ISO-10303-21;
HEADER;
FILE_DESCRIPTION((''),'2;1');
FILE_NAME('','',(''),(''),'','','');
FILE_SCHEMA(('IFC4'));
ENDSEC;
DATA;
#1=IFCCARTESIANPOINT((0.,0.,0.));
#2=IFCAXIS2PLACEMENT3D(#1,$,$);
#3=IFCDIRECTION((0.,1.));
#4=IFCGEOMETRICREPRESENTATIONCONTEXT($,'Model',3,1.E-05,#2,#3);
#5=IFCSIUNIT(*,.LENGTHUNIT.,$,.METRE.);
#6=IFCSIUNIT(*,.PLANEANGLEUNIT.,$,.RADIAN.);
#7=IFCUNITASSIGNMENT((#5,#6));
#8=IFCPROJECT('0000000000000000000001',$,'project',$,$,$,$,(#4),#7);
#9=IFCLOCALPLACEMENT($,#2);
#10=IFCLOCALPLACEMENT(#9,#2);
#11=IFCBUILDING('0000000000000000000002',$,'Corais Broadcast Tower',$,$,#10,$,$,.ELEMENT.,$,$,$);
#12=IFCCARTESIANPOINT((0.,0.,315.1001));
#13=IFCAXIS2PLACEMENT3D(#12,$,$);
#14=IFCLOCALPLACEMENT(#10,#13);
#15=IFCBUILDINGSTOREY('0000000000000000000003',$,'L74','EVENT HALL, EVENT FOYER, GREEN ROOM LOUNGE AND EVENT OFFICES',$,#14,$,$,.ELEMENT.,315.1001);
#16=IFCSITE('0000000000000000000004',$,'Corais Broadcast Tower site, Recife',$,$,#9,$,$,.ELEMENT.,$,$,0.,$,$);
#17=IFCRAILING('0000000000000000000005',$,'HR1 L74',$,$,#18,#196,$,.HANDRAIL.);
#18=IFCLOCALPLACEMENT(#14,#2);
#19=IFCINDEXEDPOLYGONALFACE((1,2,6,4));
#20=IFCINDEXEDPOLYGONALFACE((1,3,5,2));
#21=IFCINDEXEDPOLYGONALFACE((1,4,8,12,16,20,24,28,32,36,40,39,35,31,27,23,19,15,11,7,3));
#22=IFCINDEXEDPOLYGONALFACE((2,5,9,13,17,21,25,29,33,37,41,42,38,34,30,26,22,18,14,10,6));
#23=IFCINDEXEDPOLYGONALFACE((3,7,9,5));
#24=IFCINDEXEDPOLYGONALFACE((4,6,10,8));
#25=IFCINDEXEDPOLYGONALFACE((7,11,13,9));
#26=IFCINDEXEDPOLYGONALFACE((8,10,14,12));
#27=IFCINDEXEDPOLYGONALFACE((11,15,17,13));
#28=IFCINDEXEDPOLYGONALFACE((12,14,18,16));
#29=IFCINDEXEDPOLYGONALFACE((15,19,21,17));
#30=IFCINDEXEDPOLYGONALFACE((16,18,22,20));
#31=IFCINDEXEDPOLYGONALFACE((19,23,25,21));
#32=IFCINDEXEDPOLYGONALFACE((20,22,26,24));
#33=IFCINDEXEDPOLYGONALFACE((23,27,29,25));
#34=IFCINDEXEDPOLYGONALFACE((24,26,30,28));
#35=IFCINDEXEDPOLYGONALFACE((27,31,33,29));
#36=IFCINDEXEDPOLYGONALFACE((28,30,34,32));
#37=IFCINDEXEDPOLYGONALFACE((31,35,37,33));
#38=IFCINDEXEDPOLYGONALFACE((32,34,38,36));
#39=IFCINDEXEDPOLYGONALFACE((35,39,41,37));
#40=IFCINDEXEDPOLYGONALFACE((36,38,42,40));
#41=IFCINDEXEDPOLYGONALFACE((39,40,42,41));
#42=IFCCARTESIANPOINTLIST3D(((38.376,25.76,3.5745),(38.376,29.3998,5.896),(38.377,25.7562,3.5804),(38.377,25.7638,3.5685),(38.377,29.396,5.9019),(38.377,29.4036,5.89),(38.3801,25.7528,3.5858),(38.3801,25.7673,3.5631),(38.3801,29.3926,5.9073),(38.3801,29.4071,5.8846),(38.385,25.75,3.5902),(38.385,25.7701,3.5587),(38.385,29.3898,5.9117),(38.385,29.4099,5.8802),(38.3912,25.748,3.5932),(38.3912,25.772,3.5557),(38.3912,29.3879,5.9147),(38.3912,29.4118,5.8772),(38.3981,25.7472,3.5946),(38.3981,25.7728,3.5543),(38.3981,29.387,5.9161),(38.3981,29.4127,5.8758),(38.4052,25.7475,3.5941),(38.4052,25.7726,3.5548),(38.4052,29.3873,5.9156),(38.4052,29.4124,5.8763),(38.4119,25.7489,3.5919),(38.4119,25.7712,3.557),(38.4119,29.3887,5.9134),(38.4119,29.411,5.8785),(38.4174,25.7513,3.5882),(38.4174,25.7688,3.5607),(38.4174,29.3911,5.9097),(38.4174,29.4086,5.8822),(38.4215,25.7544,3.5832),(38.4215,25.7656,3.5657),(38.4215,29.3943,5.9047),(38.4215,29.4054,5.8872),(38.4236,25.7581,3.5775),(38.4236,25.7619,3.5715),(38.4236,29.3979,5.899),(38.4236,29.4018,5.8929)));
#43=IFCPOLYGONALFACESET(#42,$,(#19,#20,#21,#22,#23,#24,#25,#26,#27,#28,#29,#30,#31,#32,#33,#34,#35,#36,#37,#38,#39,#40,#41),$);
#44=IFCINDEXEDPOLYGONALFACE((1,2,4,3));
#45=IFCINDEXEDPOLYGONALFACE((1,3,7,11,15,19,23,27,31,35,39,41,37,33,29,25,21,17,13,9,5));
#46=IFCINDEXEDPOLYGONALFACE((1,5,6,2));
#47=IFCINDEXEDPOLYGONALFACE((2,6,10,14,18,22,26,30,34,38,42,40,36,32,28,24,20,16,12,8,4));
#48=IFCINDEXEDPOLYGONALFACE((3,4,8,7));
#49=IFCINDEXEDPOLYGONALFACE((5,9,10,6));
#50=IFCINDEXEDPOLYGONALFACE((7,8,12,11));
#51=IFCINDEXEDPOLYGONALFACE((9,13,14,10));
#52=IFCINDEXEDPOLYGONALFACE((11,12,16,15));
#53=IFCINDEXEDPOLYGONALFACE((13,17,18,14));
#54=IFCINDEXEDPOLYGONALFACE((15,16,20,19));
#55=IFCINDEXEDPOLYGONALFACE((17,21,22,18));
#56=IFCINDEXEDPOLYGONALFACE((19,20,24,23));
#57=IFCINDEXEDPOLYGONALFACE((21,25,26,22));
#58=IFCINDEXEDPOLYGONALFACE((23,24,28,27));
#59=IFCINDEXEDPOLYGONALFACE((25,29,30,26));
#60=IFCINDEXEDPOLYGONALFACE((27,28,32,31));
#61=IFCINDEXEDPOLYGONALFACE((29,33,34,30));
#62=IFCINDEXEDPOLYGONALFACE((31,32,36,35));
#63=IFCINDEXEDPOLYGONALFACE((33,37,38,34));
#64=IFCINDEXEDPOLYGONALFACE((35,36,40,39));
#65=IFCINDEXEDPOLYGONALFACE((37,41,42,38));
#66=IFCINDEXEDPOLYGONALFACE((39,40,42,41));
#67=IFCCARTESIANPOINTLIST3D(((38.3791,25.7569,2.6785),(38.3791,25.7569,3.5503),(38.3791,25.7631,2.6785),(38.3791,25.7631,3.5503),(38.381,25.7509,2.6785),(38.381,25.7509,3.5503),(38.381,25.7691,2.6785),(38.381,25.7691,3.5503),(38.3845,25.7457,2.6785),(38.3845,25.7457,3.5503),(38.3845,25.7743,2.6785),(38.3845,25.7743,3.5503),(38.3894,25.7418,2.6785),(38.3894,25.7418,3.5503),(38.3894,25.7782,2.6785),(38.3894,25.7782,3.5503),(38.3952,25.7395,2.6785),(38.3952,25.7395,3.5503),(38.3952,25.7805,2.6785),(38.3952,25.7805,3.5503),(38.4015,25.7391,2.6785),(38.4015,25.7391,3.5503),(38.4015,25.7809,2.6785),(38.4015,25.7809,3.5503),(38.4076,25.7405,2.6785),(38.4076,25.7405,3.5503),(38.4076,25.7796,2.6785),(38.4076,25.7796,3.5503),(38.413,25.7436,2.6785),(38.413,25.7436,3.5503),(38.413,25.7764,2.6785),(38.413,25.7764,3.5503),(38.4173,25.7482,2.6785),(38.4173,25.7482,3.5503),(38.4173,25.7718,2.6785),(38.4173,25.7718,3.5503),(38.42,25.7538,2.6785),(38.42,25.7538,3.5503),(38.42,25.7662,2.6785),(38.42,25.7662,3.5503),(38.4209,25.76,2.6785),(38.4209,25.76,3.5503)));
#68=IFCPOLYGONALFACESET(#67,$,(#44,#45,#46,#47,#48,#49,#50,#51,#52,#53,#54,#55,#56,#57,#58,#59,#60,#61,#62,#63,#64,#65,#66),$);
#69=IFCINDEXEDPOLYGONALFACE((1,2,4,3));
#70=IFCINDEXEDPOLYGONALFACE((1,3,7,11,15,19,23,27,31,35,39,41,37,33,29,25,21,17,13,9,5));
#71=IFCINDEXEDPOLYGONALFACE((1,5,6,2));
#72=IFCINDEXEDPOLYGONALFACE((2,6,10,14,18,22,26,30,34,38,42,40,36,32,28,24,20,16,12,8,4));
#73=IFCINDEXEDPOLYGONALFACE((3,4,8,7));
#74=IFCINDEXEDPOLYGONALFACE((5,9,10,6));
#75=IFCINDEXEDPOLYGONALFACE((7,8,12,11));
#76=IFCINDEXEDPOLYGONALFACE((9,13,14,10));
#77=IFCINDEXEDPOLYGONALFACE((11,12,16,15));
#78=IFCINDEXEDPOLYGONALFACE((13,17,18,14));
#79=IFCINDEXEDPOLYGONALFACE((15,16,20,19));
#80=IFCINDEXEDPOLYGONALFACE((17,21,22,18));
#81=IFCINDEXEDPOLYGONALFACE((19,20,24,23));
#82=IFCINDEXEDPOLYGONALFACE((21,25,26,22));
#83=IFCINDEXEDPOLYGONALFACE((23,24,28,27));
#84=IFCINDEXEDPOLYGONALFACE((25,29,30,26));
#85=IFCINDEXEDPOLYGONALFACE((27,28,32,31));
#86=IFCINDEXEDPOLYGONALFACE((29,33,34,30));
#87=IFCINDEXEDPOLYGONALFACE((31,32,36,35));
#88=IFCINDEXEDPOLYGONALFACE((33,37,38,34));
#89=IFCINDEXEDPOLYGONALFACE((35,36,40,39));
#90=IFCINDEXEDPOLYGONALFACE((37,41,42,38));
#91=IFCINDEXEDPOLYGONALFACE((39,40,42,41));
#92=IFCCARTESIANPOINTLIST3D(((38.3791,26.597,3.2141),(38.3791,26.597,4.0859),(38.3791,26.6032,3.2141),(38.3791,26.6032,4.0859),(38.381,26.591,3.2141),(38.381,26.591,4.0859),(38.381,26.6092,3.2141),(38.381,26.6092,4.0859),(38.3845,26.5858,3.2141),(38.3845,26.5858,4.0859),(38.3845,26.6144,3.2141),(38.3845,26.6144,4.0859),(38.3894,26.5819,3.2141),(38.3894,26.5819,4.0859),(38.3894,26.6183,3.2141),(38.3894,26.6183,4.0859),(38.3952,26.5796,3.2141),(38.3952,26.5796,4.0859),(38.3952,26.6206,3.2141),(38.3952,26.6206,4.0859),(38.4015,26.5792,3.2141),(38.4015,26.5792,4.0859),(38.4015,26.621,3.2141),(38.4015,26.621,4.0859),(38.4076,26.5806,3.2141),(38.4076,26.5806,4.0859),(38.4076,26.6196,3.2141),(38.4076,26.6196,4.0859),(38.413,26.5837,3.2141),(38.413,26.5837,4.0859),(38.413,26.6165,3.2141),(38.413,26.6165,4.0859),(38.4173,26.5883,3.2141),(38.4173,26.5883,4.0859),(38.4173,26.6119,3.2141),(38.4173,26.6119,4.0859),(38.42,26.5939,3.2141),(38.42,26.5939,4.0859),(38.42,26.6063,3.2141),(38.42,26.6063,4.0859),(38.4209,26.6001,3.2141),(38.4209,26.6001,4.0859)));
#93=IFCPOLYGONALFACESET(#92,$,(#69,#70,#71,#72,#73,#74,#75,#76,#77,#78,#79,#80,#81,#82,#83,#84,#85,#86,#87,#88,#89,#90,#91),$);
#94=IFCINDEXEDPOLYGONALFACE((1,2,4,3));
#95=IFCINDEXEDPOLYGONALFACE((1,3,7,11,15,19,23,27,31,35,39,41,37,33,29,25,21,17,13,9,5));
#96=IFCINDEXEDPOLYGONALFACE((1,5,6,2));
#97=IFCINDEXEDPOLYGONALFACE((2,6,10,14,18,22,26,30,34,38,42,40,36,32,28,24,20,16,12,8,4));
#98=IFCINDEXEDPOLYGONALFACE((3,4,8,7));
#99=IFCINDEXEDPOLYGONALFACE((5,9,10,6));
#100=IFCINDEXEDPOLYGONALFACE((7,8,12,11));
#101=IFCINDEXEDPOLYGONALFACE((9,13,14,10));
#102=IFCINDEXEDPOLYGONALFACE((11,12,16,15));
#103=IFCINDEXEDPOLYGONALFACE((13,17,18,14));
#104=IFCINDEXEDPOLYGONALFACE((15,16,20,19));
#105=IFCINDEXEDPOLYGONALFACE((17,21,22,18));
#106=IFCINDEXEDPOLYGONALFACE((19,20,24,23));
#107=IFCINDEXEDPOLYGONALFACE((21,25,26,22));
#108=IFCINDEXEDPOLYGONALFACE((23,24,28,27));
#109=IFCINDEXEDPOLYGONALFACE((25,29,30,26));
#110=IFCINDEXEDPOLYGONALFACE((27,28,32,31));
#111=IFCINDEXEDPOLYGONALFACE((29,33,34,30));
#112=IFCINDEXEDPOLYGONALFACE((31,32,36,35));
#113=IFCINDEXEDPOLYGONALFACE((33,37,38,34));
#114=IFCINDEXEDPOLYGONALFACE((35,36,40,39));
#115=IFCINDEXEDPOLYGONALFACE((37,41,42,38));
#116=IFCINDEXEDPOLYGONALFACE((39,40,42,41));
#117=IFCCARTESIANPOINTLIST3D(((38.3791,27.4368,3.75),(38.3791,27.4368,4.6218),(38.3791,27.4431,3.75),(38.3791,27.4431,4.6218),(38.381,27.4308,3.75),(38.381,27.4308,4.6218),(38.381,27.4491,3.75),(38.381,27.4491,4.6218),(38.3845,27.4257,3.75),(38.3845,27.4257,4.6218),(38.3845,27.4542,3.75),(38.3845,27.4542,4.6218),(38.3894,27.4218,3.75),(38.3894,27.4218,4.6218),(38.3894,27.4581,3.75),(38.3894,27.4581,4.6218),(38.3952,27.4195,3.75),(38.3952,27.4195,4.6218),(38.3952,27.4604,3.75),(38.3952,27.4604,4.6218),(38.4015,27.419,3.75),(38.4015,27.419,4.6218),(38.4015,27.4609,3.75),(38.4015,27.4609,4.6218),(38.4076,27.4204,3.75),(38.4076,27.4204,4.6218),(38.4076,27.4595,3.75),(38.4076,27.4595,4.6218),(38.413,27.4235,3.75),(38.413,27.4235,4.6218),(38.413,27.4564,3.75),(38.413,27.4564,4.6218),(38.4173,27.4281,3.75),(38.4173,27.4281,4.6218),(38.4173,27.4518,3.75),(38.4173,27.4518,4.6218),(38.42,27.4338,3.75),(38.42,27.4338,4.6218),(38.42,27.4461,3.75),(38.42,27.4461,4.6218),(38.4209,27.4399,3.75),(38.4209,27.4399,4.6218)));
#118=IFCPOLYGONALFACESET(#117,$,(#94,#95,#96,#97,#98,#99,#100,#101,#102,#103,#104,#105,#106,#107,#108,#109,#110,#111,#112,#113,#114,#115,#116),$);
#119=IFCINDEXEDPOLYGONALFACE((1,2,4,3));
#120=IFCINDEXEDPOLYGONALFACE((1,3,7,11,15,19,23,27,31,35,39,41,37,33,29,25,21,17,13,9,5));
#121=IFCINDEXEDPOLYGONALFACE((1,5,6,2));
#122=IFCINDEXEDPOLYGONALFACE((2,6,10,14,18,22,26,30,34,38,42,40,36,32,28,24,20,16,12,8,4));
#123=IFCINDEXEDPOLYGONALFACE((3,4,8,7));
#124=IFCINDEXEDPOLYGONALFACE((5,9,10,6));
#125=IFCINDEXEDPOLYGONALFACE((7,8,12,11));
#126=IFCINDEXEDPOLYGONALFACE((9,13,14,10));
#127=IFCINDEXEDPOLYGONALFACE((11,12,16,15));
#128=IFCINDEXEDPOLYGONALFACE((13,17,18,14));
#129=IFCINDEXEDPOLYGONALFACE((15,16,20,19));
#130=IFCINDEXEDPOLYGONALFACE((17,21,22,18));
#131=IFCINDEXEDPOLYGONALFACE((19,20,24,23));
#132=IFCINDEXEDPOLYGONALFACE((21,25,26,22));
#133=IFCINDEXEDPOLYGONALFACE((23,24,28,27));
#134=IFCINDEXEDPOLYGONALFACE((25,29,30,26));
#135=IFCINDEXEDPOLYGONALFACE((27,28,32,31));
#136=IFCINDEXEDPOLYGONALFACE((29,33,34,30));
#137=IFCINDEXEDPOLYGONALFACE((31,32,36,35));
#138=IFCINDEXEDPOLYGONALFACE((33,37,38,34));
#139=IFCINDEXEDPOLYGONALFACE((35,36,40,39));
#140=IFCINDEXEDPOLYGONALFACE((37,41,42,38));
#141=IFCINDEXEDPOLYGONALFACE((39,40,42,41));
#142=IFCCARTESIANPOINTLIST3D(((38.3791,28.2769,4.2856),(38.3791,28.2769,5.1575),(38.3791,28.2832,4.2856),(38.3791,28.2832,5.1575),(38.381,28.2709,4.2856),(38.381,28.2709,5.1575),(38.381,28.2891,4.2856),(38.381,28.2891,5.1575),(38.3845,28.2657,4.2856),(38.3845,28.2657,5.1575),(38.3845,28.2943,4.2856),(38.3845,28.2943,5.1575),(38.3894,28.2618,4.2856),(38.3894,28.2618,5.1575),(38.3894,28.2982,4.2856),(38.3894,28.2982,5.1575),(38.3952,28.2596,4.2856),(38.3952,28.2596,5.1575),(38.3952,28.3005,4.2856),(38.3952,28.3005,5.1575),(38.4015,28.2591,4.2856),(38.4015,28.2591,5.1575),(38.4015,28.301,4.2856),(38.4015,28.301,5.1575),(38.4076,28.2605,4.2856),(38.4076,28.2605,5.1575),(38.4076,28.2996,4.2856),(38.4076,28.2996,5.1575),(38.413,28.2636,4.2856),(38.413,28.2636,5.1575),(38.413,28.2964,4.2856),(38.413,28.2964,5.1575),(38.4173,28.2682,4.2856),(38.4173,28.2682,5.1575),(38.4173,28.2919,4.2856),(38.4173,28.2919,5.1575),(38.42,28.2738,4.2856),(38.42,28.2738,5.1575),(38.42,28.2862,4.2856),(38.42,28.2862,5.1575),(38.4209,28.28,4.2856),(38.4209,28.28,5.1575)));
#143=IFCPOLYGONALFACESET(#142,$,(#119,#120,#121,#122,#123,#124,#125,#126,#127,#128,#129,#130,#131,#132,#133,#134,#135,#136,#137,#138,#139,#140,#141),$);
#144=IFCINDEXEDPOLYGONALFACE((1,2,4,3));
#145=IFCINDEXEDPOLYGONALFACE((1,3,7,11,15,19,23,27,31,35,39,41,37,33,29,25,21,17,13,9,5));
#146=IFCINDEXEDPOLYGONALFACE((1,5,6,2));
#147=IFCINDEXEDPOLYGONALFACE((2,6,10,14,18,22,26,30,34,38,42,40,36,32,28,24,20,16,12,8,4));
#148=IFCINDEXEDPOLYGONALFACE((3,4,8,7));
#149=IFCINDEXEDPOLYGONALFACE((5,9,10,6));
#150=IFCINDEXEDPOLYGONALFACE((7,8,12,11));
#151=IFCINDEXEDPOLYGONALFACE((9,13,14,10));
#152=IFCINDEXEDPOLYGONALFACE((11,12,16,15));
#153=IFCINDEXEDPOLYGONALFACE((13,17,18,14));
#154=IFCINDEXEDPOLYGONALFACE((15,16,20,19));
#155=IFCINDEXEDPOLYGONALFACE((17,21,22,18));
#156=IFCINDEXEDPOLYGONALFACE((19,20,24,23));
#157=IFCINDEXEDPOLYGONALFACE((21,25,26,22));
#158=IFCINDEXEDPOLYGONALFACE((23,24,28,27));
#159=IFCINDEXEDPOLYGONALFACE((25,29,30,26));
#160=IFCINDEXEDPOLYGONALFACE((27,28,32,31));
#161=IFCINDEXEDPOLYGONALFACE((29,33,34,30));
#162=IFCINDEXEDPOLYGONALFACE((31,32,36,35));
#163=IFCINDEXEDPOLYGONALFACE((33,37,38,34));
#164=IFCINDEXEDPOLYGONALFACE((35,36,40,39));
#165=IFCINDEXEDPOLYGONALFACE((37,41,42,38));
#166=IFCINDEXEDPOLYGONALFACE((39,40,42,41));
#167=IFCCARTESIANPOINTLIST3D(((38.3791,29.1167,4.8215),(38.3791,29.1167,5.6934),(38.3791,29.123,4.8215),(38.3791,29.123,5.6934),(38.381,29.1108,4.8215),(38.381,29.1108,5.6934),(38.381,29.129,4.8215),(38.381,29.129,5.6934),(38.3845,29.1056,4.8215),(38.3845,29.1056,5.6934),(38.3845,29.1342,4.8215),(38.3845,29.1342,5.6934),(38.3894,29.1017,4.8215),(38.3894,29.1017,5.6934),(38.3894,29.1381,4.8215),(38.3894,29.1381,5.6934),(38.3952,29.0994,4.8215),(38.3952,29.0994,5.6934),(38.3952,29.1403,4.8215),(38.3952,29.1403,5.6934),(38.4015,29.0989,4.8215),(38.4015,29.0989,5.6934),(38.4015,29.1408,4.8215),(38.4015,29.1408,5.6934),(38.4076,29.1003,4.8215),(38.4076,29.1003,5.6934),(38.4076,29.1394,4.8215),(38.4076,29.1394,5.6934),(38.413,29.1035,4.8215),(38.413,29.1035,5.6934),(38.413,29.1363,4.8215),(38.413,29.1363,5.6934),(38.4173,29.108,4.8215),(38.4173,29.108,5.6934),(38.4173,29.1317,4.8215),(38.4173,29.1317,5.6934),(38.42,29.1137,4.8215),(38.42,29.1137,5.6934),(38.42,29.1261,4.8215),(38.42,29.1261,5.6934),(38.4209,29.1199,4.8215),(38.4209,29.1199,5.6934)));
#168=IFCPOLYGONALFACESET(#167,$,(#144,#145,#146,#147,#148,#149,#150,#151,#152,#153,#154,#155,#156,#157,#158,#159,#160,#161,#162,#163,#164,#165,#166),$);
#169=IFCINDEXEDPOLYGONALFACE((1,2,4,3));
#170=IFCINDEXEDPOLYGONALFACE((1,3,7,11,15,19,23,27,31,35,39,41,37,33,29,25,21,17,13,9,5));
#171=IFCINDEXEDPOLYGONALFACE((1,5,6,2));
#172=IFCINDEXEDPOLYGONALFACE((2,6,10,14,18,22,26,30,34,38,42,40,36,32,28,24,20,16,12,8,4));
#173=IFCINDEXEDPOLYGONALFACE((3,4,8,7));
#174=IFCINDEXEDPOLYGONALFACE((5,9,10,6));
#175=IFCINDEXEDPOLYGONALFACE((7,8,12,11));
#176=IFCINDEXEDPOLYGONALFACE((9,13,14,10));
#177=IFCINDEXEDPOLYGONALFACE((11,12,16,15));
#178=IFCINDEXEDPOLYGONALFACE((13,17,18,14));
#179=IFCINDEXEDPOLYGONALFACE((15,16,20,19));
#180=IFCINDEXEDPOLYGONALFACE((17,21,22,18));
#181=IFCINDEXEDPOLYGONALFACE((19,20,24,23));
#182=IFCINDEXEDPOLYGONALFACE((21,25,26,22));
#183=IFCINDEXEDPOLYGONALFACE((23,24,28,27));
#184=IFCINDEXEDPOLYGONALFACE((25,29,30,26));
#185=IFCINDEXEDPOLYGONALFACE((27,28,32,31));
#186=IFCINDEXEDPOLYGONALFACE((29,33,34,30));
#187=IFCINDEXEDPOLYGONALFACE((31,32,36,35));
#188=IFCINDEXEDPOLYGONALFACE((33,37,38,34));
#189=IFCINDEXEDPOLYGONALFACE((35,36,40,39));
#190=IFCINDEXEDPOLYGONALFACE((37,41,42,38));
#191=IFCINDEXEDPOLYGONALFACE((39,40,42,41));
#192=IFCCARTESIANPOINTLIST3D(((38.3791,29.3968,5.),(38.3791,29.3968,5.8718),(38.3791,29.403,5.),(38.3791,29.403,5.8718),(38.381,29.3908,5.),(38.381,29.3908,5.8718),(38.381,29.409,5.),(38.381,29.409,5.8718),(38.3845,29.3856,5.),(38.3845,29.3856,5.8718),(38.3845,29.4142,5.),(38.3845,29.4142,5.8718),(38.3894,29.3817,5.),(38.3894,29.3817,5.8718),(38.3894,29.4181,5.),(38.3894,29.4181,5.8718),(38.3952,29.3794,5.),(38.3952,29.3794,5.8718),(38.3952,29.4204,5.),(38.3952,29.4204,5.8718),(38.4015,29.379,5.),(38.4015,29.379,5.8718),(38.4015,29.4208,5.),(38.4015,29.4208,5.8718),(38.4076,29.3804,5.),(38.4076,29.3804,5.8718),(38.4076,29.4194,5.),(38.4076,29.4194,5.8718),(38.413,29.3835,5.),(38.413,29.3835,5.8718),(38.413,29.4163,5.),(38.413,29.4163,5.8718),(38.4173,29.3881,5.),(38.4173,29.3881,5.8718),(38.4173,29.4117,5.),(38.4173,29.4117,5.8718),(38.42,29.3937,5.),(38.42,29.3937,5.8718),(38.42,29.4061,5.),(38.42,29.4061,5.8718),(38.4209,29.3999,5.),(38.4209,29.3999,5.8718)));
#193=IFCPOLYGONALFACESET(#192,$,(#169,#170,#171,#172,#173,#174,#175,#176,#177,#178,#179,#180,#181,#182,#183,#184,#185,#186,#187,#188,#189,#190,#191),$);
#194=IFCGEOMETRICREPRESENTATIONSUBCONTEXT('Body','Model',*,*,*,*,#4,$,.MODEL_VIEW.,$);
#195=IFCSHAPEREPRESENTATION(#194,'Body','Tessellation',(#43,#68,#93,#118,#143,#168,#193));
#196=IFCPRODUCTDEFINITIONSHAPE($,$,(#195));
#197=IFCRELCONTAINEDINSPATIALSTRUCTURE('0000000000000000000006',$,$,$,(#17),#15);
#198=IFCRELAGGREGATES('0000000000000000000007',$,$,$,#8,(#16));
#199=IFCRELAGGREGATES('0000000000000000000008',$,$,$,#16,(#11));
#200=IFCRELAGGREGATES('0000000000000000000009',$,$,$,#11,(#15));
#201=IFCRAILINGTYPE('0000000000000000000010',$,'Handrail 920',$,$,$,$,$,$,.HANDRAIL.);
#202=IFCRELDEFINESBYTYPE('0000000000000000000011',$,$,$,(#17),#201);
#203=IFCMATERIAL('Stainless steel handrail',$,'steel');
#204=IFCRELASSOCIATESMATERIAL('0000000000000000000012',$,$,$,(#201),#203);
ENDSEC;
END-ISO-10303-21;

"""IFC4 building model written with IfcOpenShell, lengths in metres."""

from ifc_helpers import new_model, si_unit, direction, frame, origin, origin_2d, place, context, subcontext, project, spatial, circle, extrude, material, type_object, element, save


model = new_model("IFC4")

# Units and contexts
model_context = context("Model", 3, precision=1e-05, world=origin(), true_north=direction((0.0, 1.0)))
body_context = subcontext(model_context, "Body", "Model", "MODEL_VIEW")
ifc_project = project(units=[si_unit("LENGTHUNIT", "METRE"), si_unit("PLANEANGLEUNIT", "RADIAN")], contexts=[model_context])

# Site, building, storey
site_placement = place(None, origin())
site = spatial("IfcSite", under=ifc_project, at=site_placement, Name="Corais Broadcast Tower site, Recife", CompositionType="ELEMENT", RefElevation=0.0)
building_placement = place(site_placement, origin())
building = spatial("IfcBuilding", under=site, at=building_placement, Name="Corais Broadcast Tower", CompositionType="ELEMENT")
storey_placement = place(building_placement, frame((0.0, 0.0, 315.1001)))
storey = spatial("IfcBuildingStorey", under=building, at=storey_placement, Name="L74", Description="EVENT HALL, EVENT FOYER, GREEN ROOM LOUNGE AND EVENT OFFICES", CompositionType="ELEMENT", Elevation=315.1001)

# Railing
ifc_material_1 = material(Name="Stainless steel handrail", Category="steel")
railing_type = type_object("IfcRailingType", Name="Handrail 920", PredefinedType="HANDRAIL", material=ifc_material_1)
railing_placement = place(storey_placement, frame((38.3999, 25.76, 2.6785)))
element("IfcRailing", 1, at=railing_placement, inside=storey, type_object=railing_type, Name="HR1 L74", PredefinedType="HANDRAIL", context=body_context, shape_type="SweptSolid", body=[
    extrude(circle(Radius=0.0239, at=origin_2d()), frame((0.0, 0.0, 0.896), z_axis=(0.0, 0.843112, 0.537739), x_axis=(-1.0, 0.0, 0.0)), (0.0, 0.0, 1.0), 4.3171),
    extrude(circle(Radius=0.021, at=origin_2d()), origin(), (0.0, 0.0, 1.0), 0.8718),
    extrude(circle(Radius=0.021, at=origin_2d()), frame((0.0, 0.8401, 0.5356)), (0.0, 0.0, 1.0), 0.8718),
    extrude(circle(Radius=0.021, at=origin_2d()), frame((0.0, 1.6799, 1.0715)), (0.0, 0.0, 1.0), 0.8718),
    extrude(circle(Radius=0.021, at=origin_2d()), frame((0.0, 2.52, 1.6072)), (0.0, 0.0, 1.0), 0.8718),
    extrude(circle(Radius=0.021, at=origin_2d()), frame((0.0, 3.3599, 2.1431)), (0.0, 0.0, 1.0), 0.8718),
    extrude(circle(Radius=0.021, at=origin_2d()), frame((0.0, 3.6399, 2.3215)), (0.0, 0.0, 1.0), 0.8718),
])

save(model, "model.ifc")
